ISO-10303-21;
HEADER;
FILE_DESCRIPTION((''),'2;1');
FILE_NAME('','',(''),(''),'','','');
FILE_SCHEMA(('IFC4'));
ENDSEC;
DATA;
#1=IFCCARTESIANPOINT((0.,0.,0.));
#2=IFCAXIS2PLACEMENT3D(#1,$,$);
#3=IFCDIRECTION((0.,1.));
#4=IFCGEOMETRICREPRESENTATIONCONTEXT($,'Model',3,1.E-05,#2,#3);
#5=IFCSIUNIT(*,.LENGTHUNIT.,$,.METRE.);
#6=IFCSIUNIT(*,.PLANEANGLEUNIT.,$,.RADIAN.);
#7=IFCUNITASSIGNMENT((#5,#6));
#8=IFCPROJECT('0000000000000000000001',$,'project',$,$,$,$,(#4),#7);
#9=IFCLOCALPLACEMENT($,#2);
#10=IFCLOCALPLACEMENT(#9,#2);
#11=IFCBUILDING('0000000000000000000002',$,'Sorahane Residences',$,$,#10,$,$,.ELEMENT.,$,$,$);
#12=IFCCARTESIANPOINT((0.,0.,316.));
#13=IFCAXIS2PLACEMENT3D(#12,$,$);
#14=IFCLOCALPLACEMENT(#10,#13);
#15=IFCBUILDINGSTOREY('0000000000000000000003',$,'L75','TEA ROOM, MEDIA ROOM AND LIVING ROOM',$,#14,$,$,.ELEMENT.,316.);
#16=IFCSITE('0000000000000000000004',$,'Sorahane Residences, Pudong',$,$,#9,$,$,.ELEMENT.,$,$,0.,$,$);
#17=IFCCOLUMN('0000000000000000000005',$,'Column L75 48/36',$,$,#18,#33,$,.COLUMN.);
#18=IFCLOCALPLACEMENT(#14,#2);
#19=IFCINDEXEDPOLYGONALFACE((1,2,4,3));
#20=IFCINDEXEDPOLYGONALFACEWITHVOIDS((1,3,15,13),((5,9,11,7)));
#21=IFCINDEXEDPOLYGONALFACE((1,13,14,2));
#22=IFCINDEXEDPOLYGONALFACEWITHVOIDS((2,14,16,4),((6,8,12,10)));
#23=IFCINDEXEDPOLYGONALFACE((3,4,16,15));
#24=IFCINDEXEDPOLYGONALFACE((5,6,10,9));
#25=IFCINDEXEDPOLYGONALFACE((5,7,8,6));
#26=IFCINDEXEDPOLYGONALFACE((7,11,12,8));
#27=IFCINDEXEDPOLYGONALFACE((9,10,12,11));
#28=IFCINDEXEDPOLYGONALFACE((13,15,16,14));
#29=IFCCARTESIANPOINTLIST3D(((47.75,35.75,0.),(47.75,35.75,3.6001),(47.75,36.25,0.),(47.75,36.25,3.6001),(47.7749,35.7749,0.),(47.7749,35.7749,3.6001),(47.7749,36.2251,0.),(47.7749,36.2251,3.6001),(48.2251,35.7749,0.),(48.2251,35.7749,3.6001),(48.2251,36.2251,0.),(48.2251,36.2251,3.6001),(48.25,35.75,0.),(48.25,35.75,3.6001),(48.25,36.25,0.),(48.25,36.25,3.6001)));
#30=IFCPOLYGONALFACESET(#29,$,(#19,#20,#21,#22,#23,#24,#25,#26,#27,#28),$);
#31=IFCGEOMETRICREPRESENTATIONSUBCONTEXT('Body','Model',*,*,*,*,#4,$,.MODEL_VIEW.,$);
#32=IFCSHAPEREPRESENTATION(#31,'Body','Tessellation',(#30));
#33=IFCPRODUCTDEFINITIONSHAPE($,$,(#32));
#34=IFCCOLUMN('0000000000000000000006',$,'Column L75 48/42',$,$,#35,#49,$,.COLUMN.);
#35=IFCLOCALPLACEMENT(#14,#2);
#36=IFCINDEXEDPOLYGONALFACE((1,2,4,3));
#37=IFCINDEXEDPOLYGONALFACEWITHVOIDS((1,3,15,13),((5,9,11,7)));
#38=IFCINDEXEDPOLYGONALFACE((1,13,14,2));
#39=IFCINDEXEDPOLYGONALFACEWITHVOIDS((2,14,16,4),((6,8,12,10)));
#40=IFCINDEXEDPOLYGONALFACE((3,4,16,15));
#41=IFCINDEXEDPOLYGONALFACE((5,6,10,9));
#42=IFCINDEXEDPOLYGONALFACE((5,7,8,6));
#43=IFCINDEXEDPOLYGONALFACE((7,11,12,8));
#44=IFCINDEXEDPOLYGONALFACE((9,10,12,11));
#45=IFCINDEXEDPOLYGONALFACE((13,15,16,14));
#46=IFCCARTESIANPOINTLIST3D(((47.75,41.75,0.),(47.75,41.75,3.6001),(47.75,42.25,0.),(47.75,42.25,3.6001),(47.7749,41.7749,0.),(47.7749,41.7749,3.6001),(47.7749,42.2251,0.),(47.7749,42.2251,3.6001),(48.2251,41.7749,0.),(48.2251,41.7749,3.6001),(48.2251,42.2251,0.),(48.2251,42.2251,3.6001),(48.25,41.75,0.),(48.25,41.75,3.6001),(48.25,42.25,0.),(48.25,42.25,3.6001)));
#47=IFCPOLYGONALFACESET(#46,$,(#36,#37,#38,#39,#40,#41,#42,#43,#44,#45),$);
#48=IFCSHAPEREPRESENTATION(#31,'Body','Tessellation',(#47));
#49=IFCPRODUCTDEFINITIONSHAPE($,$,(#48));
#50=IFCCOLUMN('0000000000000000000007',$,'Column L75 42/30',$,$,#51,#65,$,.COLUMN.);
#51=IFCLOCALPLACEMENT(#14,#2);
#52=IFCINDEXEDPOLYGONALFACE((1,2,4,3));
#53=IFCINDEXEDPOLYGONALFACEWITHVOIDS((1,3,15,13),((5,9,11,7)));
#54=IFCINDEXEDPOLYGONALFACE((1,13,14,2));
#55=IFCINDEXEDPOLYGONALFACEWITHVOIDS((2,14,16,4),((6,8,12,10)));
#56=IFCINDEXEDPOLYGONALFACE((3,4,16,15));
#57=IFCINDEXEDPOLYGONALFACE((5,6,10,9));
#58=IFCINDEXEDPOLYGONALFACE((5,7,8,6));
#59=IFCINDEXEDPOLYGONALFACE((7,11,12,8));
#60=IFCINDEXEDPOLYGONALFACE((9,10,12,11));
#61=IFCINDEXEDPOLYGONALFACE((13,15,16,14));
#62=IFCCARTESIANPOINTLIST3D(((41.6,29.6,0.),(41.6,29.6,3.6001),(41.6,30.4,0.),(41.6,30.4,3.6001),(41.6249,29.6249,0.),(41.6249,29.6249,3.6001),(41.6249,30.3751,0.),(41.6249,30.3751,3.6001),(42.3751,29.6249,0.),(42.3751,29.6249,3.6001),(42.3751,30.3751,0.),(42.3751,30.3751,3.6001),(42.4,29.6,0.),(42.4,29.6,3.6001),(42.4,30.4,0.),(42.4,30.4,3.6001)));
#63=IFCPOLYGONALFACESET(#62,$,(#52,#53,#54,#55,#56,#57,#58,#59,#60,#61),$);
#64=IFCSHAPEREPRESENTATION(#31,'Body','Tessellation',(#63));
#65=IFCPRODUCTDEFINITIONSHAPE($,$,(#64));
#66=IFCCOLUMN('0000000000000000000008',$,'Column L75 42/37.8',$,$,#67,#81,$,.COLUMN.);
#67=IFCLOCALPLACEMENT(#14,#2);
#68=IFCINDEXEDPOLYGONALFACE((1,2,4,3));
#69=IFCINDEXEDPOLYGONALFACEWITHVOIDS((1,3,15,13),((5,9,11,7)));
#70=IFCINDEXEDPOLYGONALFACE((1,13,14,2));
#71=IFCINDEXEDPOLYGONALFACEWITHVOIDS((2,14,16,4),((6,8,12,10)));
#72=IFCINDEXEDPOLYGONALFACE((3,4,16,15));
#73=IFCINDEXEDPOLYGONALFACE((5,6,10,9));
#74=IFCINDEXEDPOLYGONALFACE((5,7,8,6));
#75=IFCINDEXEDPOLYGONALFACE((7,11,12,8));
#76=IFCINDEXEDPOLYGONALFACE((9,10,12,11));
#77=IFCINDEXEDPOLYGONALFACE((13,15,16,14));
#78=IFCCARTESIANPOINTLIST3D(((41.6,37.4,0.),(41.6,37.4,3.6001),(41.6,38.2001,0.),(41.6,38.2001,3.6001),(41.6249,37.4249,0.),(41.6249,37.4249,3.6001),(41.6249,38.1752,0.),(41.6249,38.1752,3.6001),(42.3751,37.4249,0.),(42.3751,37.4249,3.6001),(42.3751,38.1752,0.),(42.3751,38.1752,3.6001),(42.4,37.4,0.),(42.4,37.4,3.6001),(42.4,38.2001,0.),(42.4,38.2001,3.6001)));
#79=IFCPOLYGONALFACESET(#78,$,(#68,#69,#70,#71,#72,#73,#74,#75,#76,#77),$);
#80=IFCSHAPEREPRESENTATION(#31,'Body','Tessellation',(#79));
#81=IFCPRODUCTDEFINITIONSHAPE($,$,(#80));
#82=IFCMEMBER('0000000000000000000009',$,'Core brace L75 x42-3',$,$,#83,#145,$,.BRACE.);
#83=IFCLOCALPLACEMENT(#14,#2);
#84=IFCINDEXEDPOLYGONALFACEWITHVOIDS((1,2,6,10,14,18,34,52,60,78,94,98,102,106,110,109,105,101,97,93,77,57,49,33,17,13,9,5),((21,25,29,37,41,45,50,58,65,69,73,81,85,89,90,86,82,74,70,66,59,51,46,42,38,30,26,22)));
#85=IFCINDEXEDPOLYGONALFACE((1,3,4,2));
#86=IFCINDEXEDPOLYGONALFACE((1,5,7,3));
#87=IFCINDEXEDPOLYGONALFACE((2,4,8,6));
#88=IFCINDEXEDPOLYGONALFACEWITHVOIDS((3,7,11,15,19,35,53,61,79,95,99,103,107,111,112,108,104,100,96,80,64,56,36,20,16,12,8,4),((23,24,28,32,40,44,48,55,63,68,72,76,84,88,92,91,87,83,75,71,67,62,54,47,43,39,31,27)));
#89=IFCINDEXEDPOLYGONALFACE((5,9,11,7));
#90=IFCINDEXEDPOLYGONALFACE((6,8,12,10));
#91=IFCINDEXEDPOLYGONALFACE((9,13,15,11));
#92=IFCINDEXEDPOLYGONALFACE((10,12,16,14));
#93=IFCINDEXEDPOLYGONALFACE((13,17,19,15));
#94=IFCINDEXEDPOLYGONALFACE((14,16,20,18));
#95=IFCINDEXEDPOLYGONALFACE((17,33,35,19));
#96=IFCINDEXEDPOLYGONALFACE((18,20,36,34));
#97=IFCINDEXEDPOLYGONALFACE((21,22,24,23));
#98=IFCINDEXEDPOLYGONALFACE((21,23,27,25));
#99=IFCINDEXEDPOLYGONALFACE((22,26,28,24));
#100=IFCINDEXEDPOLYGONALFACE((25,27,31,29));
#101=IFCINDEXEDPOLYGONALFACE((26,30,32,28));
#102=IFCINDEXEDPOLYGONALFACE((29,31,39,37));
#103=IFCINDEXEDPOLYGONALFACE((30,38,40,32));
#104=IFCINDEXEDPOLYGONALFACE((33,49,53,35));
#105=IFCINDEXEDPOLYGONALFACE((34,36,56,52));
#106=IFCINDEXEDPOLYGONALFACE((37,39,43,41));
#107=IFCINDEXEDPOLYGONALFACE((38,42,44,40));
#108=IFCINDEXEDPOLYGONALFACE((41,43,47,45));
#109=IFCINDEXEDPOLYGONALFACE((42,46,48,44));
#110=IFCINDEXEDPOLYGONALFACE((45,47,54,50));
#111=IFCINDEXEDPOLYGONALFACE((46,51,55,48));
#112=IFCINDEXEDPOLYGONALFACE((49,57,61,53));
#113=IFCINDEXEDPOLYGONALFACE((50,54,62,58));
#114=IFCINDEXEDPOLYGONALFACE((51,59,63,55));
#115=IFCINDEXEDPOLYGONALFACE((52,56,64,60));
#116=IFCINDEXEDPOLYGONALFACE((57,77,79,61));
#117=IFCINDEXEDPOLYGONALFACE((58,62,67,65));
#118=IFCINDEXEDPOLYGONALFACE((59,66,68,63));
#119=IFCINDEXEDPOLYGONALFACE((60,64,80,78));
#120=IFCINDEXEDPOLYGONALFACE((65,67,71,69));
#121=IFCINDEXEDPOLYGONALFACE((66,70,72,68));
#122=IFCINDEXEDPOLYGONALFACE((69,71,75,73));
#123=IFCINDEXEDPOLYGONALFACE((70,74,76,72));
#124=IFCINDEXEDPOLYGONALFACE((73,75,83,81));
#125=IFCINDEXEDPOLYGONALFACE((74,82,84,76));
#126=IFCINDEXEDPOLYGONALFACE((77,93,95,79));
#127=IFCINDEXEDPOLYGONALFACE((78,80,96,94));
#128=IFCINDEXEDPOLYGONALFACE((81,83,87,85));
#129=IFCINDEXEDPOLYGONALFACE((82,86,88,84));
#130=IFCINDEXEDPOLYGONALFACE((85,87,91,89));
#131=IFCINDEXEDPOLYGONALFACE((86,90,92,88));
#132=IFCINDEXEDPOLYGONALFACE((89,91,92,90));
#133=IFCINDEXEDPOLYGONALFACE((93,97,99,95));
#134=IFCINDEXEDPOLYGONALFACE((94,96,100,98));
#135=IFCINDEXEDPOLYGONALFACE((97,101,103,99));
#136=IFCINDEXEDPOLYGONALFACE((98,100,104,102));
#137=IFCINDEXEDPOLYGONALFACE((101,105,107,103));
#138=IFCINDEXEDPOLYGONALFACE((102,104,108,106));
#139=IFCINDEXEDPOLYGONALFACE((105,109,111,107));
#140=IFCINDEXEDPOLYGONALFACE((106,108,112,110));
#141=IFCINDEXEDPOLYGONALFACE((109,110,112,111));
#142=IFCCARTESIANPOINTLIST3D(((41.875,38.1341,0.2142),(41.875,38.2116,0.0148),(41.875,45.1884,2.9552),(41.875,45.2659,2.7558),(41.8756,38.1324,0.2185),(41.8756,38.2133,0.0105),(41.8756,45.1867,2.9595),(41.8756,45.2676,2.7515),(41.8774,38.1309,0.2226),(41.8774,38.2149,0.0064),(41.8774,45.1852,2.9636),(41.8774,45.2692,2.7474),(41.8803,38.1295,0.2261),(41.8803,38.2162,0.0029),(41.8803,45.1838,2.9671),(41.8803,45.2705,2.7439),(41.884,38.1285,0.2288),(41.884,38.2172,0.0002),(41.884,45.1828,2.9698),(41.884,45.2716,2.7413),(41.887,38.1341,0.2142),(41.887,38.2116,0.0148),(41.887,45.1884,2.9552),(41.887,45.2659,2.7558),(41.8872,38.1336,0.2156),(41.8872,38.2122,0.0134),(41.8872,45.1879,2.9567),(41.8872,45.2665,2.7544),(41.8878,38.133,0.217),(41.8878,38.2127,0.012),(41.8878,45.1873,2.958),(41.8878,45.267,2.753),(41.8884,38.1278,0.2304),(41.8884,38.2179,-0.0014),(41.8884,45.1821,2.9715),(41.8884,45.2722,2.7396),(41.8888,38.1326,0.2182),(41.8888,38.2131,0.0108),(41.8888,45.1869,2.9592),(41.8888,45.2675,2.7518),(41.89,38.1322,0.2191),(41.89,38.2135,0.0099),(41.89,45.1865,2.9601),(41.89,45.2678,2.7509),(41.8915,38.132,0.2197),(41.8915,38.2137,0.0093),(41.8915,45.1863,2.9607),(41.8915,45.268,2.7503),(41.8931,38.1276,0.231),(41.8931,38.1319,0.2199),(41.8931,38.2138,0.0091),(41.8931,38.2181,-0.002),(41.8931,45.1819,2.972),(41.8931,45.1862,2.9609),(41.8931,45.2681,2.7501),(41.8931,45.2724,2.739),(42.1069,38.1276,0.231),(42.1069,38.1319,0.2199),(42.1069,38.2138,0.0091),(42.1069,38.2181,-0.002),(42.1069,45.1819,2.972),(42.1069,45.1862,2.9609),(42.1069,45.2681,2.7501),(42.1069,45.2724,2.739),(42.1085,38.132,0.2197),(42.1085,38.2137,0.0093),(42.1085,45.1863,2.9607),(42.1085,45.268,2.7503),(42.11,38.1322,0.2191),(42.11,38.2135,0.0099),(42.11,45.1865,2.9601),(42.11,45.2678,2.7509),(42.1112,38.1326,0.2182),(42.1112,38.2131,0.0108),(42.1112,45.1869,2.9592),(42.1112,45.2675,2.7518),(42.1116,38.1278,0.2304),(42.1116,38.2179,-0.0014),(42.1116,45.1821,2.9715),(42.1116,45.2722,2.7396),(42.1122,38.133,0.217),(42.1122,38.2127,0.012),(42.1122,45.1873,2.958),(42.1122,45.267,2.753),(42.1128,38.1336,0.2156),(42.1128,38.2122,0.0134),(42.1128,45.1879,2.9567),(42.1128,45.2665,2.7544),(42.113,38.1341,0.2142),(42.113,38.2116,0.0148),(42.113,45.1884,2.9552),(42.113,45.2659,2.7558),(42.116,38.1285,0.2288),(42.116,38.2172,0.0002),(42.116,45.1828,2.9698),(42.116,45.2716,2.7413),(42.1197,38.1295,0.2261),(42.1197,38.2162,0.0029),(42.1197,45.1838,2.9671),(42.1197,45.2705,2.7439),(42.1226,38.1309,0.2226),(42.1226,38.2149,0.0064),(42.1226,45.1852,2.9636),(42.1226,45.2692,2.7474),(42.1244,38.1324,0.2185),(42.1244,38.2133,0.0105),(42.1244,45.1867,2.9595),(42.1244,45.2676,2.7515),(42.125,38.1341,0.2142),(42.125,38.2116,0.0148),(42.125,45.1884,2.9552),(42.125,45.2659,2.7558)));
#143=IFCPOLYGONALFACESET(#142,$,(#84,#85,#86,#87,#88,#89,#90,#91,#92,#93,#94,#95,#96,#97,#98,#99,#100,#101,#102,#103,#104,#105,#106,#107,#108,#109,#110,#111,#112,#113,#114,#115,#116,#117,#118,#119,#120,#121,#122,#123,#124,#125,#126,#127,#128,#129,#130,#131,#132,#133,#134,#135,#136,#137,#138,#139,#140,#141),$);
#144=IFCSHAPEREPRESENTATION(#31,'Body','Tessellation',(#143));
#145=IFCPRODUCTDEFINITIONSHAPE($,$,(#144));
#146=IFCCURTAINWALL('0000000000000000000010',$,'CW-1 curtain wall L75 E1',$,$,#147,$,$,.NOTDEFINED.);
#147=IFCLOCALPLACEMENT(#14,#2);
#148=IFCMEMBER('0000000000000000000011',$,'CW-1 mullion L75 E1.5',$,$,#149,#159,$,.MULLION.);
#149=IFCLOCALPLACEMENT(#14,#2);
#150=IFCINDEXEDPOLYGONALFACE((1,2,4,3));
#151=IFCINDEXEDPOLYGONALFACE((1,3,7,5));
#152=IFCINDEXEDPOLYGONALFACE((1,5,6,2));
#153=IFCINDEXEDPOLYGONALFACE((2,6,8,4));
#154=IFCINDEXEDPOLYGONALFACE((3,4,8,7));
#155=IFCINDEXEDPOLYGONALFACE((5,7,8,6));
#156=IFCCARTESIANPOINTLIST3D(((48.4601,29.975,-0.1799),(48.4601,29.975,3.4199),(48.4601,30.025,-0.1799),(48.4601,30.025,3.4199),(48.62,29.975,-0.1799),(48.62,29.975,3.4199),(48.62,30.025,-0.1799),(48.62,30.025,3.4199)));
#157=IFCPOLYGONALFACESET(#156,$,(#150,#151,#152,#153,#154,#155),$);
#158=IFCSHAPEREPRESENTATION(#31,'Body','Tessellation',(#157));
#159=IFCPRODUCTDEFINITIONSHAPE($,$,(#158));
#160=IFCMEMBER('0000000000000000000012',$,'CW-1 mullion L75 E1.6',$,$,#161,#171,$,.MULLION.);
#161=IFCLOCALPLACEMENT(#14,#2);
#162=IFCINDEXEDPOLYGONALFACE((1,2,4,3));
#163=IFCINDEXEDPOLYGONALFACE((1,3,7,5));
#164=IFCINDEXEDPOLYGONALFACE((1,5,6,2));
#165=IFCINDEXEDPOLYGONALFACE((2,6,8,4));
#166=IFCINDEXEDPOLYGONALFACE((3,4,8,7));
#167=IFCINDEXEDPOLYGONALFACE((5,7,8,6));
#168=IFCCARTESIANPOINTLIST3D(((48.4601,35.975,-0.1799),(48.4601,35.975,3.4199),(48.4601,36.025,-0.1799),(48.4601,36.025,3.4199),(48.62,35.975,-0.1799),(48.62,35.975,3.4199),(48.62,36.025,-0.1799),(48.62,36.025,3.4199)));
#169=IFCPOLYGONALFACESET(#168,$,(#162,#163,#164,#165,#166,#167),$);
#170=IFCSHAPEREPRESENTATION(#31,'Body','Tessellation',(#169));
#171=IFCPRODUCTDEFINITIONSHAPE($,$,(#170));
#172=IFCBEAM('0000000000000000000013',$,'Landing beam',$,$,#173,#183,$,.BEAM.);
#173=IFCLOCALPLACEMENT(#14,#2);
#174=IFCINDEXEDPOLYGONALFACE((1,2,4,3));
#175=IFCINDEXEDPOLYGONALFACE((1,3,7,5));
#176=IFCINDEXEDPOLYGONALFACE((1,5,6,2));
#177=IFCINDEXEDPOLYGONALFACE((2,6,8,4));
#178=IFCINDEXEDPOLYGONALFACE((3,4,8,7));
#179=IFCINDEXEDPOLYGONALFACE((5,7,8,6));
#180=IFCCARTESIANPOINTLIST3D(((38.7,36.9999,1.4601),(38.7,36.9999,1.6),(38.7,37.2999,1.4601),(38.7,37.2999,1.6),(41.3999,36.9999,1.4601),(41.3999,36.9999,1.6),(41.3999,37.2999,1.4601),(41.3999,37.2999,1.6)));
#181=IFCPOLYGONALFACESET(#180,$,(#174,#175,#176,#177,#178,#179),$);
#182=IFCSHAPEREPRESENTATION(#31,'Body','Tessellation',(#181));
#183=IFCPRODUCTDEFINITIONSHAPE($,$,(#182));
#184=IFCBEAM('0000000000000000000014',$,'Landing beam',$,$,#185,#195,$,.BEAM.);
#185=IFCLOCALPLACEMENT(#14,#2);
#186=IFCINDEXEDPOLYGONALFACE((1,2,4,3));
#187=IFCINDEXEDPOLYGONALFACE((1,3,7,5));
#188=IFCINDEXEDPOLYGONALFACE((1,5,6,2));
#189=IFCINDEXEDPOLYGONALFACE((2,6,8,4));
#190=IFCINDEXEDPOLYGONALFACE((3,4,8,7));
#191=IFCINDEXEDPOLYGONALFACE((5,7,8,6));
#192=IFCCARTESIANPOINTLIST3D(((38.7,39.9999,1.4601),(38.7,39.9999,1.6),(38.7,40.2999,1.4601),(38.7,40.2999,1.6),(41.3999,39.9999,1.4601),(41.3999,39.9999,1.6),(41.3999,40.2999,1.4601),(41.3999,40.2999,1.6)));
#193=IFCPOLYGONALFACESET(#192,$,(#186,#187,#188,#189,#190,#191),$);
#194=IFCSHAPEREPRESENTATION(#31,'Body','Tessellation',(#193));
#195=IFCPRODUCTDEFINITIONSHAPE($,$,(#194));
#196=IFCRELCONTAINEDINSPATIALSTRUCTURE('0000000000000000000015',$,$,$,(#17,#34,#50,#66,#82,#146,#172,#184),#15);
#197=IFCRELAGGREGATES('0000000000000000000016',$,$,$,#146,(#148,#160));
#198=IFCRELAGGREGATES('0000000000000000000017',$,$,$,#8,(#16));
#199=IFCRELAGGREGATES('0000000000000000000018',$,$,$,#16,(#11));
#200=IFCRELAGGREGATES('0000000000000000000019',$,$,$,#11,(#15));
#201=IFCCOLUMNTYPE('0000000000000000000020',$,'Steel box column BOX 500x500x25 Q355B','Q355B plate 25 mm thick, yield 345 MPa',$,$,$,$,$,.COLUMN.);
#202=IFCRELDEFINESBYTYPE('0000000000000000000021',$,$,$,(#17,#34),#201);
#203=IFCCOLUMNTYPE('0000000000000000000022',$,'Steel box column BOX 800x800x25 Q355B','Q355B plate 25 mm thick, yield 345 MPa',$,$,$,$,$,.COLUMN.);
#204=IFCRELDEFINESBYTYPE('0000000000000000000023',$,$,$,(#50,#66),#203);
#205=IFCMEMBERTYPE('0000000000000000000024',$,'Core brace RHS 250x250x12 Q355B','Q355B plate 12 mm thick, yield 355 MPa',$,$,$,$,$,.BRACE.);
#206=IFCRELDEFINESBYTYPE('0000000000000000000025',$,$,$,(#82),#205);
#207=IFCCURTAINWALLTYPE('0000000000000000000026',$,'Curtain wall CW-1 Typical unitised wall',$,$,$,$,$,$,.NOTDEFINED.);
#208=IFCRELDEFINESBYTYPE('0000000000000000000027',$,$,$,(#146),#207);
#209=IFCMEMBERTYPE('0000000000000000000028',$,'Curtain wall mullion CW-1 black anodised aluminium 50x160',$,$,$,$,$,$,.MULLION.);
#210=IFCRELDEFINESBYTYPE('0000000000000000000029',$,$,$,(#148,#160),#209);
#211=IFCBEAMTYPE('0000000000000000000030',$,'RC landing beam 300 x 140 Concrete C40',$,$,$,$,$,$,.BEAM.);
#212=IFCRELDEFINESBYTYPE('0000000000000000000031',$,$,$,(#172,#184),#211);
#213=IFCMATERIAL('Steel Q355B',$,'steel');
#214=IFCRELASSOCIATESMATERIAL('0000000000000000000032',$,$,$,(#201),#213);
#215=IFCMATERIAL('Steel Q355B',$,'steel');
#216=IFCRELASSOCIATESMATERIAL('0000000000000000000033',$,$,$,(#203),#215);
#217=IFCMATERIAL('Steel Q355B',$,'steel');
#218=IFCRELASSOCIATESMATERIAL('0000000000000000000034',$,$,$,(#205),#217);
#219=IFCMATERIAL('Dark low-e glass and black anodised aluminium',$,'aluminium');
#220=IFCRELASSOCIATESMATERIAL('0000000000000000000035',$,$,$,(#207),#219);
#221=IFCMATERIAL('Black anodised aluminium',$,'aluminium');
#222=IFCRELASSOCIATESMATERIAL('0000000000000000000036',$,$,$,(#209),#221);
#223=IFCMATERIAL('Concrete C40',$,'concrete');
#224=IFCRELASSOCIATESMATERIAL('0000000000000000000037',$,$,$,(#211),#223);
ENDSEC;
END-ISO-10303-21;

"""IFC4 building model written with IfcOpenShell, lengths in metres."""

from ifc_helpers import new_model, si_unit, direction, frame, origin, origin_2d, place, context, subcontext, project, spatial, rectangle, hollow_rectangle, extrude, material, material_profile, profile_set, type_object, element, aggregate, save


model = new_model("IFC4")

# Units and contexts
model_context = context("Model", 3, precision=1e-05, world=origin(), true_north=direction((0.0, 1.0)))
body_context = subcontext(model_context, "Body", "Model", "MODEL_VIEW")
ifc_project = project(units=[si_unit("LENGTHUNIT", "METRE"), si_unit("PLANEANGLEUNIT", "RADIAN")], contexts=[model_context])

# Site, building, storey
site_placement = place(None, origin())
site = spatial("IfcSite", under=ifc_project, at=site_placement, Name="Sorahane Residences, Pudong", CompositionType="ELEMENT", RefElevation=0.0)
building_placement = place(site_placement, origin())
building = spatial("IfcBuilding", under=site, at=building_placement, Name="Sorahane Residences", CompositionType="ELEMENT")
storey_placement = place(building_placement, frame((0.0, 0.0, 316.0)))
storey = spatial("IfcBuildingStorey", under=building, at=storey_placement, Name="L75", Description="TEA ROOM, MEDIA ROOM AND LIVING ROOM", CompositionType="ELEMENT", Elevation=316.0)

# Columns
ifc_material_1 = material(Name="Steel Q355B", Category="steel")
ifc_material_profile_1 = material_profile(ifc_material_1, hollow_rectangle(XDim=0.5, YDim=0.5, WallThickness=0.0249, at=origin_2d()), Name="BOX 500x500x25")
ifc_profile_set_1 = profile_set([ifc_material_profile_1], Name="Steel Q355B")
column_type_1 = type_object("IfcColumnType", Name="Steel box column BOX 500x500x25 Q355B", Description="Q355B plate 25 mm thick, yield 345 MPa", PredefinedType="COLUMN", material=ifc_profile_set_1)
for number, where, z_axis, x_axis, name in (
    (1, (48.0, 36.0, 0.0), (0.0, 0.0, 1.0), (1.0, 0.0, 0.0), "Column L75 48/36"),
    (2, (48.0, 42.0, 0.0), (0.0, 0.0, 1.0), (1.0, 0.0, 0.0), "Column L75 48/42"),
):
    element("IfcColumn", number, at=place(storey_placement, frame(where, z_axis=z_axis, x_axis=x_axis)), inside=storey, type_object=column_type_1, Name=name, PredefinedType="COLUMN", context=body_context, shape_type="SweptSolid", body=[
        extrude(hollow_rectangle(XDim=0.5, YDim=0.5, WallThickness=0.0249, at=origin_2d()), origin(), (0.0, 0.0, 1.0), 3.6001),
    ])
ifc_material_2 = material(Name="Steel Q355B", Category="steel")
ifc_material_profile_2 = material_profile(ifc_material_2, hollow_rectangle(XDim=0.8, YDim=0.8, WallThickness=0.0249, at=origin_2d()), Name="BOX 800x800x25")
ifc_profile_set_2 = profile_set([ifc_material_profile_2], Name="Steel Q355B")
column_type_2 = type_object("IfcColumnType", Name="Steel box column BOX 800x800x25 Q355B", Description="Q355B plate 25 mm thick, yield 345 MPa", PredefinedType="COLUMN", material=ifc_profile_set_2)
for number, where, z_axis, x_axis, name in (
    (3, (42.0, 30.0, 0.0), (0.0, 0.0, 1.0), (1.0, 0.0, 0.0), "Column L75 42/30"),
    (4, (42.0, 37.8, 0.0), (0.0, 0.0, 1.0), (1.0, 0.0, 0.0), "Column L75 42/37.8"),
):
    element("IfcColumn", number, at=place(storey_placement, frame(where, z_axis=z_axis, x_axis=x_axis)), inside=storey, type_object=column_type_2, Name=name, PredefinedType="COLUMN", context=body_context, shape_type="SweptSolid", body=[
        extrude(hollow_rectangle(XDim=0.8, YDim=0.8, WallThickness=0.0249, at=origin_2d()), origin(), (0.0, 0.0, 1.0), 3.6001),
    ])

# Member
ifc_material_3 = material(Name="Steel Q355B", Category="steel")
ifc_material_profile_3 = material_profile(ifc_material_3, hollow_rectangle(XDim=0.25, YDim=0.25, WallThickness=0.012, InnerFilletRadius=0.0061, OuterFilletRadius=0.0181, at=origin_2d()), Name="RHS 250x250x12")
ifc_profile_set_3 = profile_set([ifc_material_profile_3], Name="Steel Q355B")
member_type_1 = type_object("IfcMemberType", Name="Core brace RHS 250x250x12 Q355B", Description="Q355B plate 12 mm thick, yield 355 MPa", PredefinedType="BRACE", material=ifc_profile_set_3)
member_1_placement = place(storey_placement, frame((42.0, 38.1729, 0.1145), z_axis=(0.0, 0.932109, 0.362178), x_axis=(-1.0, 0.0, 0.0)))
element("IfcMember", 5, at=member_1_placement, inside=storey, type_object=member_type_1, Name="Core brace L75 x42-3", PredefinedType="BRACE", context=body_context, shape_type="SweptSolid", body=[
    extrude(hollow_rectangle(XDim=0.25, YDim=0.25, WallThickness=0.012, InnerFilletRadius=0.0061, OuterFilletRadius=0.0181, at=origin_2d()), origin(), (0.0, 0.0, 1.0), 7.5681),
])

# Curtain wall, members
ifc_material_4 = material(Name="Dark low-e glass and black anodised aluminium", Category="aluminium")
curtain_wall_type = type_object("IfcCurtainWallType", Name="Curtain wall CW-1 Typical unitised wall", PredefinedType="NOTDEFINED", material=ifc_material_4)
curtain_wall_placement = place(storey_placement, origin())
curtain_wall = element("IfcCurtainWall", 6, at=curtain_wall_placement, inside=storey, type_object=curtain_wall_type, Name="CW-1 curtain wall L75 E1", PredefinedType="NOTDEFINED")
ifc_material_5 = material(Name="Black anodised aluminium", Category="aluminium")
ifc_material_profile_4 = material_profile(ifc_material_5, rectangle(XDim=0.1599, YDim=0.05, at=origin_2d()), Name="Curtain wall mullion CW-1 black anodised aluminium 50x160")
ifc_profile_set_4 = profile_set([ifc_material_profile_4], Name="Black anodised aluminium")
member_type_2 = type_object("IfcMemberType", Name="Curtain wall mullion CW-1 black anodised aluminium 50x160", PredefinedType="MULLION", material=ifc_profile_set_4)
member_2_placement = place(storey_placement, frame((48.54, 30.0, -0.1799), z_axis=(0.0, 0.0, 1.0), x_axis=(1.0, 0.0, 0.0)))
member_2 = element("IfcMember", 7, at=member_2_placement, type_object=member_type_2, Name="CW-1 mullion L75 E1.5", PredefinedType="MULLION", context=body_context, shape_type="SweptSolid", body=[
    extrude(rectangle(XDim=0.1599, YDim=0.05, at=origin_2d()), origin(), (0.0, 0.0, 1.0), 3.5999),
])
member_3_placement = place(storey_placement, frame((48.54, 36.0, -0.1799), z_axis=(0.0, 0.0, 1.0), x_axis=(1.0, 0.0, 0.0)))
member_3 = element("IfcMember", 8, at=member_3_placement, type_object=member_type_2, Name="CW-1 mullion L75 E1.6", PredefinedType="MULLION", context=body_context, shape_type="SweptSolid", body=[
    extrude(rectangle(XDim=0.1599, YDim=0.05, at=origin_2d()), origin(), (0.0, 0.0, 1.0), 3.5999),
])

# Beams
ifc_material_6 = material(Name="Concrete C40", Category="concrete")
ifc_material_profile_5 = material_profile(ifc_material_6, rectangle(XDim=0.3, YDim=0.1399, at=origin_2d()), Name="300x140")
ifc_profile_set_5 = profile_set([ifc_material_profile_5], Name="Concrete C40")
beam_type_1 = type_object("IfcBeamType", Name="RC landing beam 300 x 140 Concrete C40", PredefinedType="BEAM", material=ifc_profile_set_5)
for number, where, z_axis, x_axis, name in (
    (9, (38.7, 37.1499, 1.53), (1.0, 0.0, 0.0), (0.0, 1.0, 0.0), "Landing beam"),
    (10, (38.7, 40.1499, 1.53), (1.0, 0.0, 0.0), (0.0, 1.0, 0.0), "Landing beam"),
):
    element("IfcBeam", number, at=place(storey_placement, frame(where, z_axis=z_axis, x_axis=x_axis)), inside=storey, type_object=beam_type_1, Name=name, PredefinedType="BEAM", context=body_context, shape_type="SweptSolid", body=[
        extrude(rectangle(XDim=0.3, YDim=0.1399, at=origin_2d()), origin(), (0.0, 0.0, 1.0), 2.7),
    ])

aggregate(curtain_wall, [member_2, member_3])

save(model, "model.ifc")
